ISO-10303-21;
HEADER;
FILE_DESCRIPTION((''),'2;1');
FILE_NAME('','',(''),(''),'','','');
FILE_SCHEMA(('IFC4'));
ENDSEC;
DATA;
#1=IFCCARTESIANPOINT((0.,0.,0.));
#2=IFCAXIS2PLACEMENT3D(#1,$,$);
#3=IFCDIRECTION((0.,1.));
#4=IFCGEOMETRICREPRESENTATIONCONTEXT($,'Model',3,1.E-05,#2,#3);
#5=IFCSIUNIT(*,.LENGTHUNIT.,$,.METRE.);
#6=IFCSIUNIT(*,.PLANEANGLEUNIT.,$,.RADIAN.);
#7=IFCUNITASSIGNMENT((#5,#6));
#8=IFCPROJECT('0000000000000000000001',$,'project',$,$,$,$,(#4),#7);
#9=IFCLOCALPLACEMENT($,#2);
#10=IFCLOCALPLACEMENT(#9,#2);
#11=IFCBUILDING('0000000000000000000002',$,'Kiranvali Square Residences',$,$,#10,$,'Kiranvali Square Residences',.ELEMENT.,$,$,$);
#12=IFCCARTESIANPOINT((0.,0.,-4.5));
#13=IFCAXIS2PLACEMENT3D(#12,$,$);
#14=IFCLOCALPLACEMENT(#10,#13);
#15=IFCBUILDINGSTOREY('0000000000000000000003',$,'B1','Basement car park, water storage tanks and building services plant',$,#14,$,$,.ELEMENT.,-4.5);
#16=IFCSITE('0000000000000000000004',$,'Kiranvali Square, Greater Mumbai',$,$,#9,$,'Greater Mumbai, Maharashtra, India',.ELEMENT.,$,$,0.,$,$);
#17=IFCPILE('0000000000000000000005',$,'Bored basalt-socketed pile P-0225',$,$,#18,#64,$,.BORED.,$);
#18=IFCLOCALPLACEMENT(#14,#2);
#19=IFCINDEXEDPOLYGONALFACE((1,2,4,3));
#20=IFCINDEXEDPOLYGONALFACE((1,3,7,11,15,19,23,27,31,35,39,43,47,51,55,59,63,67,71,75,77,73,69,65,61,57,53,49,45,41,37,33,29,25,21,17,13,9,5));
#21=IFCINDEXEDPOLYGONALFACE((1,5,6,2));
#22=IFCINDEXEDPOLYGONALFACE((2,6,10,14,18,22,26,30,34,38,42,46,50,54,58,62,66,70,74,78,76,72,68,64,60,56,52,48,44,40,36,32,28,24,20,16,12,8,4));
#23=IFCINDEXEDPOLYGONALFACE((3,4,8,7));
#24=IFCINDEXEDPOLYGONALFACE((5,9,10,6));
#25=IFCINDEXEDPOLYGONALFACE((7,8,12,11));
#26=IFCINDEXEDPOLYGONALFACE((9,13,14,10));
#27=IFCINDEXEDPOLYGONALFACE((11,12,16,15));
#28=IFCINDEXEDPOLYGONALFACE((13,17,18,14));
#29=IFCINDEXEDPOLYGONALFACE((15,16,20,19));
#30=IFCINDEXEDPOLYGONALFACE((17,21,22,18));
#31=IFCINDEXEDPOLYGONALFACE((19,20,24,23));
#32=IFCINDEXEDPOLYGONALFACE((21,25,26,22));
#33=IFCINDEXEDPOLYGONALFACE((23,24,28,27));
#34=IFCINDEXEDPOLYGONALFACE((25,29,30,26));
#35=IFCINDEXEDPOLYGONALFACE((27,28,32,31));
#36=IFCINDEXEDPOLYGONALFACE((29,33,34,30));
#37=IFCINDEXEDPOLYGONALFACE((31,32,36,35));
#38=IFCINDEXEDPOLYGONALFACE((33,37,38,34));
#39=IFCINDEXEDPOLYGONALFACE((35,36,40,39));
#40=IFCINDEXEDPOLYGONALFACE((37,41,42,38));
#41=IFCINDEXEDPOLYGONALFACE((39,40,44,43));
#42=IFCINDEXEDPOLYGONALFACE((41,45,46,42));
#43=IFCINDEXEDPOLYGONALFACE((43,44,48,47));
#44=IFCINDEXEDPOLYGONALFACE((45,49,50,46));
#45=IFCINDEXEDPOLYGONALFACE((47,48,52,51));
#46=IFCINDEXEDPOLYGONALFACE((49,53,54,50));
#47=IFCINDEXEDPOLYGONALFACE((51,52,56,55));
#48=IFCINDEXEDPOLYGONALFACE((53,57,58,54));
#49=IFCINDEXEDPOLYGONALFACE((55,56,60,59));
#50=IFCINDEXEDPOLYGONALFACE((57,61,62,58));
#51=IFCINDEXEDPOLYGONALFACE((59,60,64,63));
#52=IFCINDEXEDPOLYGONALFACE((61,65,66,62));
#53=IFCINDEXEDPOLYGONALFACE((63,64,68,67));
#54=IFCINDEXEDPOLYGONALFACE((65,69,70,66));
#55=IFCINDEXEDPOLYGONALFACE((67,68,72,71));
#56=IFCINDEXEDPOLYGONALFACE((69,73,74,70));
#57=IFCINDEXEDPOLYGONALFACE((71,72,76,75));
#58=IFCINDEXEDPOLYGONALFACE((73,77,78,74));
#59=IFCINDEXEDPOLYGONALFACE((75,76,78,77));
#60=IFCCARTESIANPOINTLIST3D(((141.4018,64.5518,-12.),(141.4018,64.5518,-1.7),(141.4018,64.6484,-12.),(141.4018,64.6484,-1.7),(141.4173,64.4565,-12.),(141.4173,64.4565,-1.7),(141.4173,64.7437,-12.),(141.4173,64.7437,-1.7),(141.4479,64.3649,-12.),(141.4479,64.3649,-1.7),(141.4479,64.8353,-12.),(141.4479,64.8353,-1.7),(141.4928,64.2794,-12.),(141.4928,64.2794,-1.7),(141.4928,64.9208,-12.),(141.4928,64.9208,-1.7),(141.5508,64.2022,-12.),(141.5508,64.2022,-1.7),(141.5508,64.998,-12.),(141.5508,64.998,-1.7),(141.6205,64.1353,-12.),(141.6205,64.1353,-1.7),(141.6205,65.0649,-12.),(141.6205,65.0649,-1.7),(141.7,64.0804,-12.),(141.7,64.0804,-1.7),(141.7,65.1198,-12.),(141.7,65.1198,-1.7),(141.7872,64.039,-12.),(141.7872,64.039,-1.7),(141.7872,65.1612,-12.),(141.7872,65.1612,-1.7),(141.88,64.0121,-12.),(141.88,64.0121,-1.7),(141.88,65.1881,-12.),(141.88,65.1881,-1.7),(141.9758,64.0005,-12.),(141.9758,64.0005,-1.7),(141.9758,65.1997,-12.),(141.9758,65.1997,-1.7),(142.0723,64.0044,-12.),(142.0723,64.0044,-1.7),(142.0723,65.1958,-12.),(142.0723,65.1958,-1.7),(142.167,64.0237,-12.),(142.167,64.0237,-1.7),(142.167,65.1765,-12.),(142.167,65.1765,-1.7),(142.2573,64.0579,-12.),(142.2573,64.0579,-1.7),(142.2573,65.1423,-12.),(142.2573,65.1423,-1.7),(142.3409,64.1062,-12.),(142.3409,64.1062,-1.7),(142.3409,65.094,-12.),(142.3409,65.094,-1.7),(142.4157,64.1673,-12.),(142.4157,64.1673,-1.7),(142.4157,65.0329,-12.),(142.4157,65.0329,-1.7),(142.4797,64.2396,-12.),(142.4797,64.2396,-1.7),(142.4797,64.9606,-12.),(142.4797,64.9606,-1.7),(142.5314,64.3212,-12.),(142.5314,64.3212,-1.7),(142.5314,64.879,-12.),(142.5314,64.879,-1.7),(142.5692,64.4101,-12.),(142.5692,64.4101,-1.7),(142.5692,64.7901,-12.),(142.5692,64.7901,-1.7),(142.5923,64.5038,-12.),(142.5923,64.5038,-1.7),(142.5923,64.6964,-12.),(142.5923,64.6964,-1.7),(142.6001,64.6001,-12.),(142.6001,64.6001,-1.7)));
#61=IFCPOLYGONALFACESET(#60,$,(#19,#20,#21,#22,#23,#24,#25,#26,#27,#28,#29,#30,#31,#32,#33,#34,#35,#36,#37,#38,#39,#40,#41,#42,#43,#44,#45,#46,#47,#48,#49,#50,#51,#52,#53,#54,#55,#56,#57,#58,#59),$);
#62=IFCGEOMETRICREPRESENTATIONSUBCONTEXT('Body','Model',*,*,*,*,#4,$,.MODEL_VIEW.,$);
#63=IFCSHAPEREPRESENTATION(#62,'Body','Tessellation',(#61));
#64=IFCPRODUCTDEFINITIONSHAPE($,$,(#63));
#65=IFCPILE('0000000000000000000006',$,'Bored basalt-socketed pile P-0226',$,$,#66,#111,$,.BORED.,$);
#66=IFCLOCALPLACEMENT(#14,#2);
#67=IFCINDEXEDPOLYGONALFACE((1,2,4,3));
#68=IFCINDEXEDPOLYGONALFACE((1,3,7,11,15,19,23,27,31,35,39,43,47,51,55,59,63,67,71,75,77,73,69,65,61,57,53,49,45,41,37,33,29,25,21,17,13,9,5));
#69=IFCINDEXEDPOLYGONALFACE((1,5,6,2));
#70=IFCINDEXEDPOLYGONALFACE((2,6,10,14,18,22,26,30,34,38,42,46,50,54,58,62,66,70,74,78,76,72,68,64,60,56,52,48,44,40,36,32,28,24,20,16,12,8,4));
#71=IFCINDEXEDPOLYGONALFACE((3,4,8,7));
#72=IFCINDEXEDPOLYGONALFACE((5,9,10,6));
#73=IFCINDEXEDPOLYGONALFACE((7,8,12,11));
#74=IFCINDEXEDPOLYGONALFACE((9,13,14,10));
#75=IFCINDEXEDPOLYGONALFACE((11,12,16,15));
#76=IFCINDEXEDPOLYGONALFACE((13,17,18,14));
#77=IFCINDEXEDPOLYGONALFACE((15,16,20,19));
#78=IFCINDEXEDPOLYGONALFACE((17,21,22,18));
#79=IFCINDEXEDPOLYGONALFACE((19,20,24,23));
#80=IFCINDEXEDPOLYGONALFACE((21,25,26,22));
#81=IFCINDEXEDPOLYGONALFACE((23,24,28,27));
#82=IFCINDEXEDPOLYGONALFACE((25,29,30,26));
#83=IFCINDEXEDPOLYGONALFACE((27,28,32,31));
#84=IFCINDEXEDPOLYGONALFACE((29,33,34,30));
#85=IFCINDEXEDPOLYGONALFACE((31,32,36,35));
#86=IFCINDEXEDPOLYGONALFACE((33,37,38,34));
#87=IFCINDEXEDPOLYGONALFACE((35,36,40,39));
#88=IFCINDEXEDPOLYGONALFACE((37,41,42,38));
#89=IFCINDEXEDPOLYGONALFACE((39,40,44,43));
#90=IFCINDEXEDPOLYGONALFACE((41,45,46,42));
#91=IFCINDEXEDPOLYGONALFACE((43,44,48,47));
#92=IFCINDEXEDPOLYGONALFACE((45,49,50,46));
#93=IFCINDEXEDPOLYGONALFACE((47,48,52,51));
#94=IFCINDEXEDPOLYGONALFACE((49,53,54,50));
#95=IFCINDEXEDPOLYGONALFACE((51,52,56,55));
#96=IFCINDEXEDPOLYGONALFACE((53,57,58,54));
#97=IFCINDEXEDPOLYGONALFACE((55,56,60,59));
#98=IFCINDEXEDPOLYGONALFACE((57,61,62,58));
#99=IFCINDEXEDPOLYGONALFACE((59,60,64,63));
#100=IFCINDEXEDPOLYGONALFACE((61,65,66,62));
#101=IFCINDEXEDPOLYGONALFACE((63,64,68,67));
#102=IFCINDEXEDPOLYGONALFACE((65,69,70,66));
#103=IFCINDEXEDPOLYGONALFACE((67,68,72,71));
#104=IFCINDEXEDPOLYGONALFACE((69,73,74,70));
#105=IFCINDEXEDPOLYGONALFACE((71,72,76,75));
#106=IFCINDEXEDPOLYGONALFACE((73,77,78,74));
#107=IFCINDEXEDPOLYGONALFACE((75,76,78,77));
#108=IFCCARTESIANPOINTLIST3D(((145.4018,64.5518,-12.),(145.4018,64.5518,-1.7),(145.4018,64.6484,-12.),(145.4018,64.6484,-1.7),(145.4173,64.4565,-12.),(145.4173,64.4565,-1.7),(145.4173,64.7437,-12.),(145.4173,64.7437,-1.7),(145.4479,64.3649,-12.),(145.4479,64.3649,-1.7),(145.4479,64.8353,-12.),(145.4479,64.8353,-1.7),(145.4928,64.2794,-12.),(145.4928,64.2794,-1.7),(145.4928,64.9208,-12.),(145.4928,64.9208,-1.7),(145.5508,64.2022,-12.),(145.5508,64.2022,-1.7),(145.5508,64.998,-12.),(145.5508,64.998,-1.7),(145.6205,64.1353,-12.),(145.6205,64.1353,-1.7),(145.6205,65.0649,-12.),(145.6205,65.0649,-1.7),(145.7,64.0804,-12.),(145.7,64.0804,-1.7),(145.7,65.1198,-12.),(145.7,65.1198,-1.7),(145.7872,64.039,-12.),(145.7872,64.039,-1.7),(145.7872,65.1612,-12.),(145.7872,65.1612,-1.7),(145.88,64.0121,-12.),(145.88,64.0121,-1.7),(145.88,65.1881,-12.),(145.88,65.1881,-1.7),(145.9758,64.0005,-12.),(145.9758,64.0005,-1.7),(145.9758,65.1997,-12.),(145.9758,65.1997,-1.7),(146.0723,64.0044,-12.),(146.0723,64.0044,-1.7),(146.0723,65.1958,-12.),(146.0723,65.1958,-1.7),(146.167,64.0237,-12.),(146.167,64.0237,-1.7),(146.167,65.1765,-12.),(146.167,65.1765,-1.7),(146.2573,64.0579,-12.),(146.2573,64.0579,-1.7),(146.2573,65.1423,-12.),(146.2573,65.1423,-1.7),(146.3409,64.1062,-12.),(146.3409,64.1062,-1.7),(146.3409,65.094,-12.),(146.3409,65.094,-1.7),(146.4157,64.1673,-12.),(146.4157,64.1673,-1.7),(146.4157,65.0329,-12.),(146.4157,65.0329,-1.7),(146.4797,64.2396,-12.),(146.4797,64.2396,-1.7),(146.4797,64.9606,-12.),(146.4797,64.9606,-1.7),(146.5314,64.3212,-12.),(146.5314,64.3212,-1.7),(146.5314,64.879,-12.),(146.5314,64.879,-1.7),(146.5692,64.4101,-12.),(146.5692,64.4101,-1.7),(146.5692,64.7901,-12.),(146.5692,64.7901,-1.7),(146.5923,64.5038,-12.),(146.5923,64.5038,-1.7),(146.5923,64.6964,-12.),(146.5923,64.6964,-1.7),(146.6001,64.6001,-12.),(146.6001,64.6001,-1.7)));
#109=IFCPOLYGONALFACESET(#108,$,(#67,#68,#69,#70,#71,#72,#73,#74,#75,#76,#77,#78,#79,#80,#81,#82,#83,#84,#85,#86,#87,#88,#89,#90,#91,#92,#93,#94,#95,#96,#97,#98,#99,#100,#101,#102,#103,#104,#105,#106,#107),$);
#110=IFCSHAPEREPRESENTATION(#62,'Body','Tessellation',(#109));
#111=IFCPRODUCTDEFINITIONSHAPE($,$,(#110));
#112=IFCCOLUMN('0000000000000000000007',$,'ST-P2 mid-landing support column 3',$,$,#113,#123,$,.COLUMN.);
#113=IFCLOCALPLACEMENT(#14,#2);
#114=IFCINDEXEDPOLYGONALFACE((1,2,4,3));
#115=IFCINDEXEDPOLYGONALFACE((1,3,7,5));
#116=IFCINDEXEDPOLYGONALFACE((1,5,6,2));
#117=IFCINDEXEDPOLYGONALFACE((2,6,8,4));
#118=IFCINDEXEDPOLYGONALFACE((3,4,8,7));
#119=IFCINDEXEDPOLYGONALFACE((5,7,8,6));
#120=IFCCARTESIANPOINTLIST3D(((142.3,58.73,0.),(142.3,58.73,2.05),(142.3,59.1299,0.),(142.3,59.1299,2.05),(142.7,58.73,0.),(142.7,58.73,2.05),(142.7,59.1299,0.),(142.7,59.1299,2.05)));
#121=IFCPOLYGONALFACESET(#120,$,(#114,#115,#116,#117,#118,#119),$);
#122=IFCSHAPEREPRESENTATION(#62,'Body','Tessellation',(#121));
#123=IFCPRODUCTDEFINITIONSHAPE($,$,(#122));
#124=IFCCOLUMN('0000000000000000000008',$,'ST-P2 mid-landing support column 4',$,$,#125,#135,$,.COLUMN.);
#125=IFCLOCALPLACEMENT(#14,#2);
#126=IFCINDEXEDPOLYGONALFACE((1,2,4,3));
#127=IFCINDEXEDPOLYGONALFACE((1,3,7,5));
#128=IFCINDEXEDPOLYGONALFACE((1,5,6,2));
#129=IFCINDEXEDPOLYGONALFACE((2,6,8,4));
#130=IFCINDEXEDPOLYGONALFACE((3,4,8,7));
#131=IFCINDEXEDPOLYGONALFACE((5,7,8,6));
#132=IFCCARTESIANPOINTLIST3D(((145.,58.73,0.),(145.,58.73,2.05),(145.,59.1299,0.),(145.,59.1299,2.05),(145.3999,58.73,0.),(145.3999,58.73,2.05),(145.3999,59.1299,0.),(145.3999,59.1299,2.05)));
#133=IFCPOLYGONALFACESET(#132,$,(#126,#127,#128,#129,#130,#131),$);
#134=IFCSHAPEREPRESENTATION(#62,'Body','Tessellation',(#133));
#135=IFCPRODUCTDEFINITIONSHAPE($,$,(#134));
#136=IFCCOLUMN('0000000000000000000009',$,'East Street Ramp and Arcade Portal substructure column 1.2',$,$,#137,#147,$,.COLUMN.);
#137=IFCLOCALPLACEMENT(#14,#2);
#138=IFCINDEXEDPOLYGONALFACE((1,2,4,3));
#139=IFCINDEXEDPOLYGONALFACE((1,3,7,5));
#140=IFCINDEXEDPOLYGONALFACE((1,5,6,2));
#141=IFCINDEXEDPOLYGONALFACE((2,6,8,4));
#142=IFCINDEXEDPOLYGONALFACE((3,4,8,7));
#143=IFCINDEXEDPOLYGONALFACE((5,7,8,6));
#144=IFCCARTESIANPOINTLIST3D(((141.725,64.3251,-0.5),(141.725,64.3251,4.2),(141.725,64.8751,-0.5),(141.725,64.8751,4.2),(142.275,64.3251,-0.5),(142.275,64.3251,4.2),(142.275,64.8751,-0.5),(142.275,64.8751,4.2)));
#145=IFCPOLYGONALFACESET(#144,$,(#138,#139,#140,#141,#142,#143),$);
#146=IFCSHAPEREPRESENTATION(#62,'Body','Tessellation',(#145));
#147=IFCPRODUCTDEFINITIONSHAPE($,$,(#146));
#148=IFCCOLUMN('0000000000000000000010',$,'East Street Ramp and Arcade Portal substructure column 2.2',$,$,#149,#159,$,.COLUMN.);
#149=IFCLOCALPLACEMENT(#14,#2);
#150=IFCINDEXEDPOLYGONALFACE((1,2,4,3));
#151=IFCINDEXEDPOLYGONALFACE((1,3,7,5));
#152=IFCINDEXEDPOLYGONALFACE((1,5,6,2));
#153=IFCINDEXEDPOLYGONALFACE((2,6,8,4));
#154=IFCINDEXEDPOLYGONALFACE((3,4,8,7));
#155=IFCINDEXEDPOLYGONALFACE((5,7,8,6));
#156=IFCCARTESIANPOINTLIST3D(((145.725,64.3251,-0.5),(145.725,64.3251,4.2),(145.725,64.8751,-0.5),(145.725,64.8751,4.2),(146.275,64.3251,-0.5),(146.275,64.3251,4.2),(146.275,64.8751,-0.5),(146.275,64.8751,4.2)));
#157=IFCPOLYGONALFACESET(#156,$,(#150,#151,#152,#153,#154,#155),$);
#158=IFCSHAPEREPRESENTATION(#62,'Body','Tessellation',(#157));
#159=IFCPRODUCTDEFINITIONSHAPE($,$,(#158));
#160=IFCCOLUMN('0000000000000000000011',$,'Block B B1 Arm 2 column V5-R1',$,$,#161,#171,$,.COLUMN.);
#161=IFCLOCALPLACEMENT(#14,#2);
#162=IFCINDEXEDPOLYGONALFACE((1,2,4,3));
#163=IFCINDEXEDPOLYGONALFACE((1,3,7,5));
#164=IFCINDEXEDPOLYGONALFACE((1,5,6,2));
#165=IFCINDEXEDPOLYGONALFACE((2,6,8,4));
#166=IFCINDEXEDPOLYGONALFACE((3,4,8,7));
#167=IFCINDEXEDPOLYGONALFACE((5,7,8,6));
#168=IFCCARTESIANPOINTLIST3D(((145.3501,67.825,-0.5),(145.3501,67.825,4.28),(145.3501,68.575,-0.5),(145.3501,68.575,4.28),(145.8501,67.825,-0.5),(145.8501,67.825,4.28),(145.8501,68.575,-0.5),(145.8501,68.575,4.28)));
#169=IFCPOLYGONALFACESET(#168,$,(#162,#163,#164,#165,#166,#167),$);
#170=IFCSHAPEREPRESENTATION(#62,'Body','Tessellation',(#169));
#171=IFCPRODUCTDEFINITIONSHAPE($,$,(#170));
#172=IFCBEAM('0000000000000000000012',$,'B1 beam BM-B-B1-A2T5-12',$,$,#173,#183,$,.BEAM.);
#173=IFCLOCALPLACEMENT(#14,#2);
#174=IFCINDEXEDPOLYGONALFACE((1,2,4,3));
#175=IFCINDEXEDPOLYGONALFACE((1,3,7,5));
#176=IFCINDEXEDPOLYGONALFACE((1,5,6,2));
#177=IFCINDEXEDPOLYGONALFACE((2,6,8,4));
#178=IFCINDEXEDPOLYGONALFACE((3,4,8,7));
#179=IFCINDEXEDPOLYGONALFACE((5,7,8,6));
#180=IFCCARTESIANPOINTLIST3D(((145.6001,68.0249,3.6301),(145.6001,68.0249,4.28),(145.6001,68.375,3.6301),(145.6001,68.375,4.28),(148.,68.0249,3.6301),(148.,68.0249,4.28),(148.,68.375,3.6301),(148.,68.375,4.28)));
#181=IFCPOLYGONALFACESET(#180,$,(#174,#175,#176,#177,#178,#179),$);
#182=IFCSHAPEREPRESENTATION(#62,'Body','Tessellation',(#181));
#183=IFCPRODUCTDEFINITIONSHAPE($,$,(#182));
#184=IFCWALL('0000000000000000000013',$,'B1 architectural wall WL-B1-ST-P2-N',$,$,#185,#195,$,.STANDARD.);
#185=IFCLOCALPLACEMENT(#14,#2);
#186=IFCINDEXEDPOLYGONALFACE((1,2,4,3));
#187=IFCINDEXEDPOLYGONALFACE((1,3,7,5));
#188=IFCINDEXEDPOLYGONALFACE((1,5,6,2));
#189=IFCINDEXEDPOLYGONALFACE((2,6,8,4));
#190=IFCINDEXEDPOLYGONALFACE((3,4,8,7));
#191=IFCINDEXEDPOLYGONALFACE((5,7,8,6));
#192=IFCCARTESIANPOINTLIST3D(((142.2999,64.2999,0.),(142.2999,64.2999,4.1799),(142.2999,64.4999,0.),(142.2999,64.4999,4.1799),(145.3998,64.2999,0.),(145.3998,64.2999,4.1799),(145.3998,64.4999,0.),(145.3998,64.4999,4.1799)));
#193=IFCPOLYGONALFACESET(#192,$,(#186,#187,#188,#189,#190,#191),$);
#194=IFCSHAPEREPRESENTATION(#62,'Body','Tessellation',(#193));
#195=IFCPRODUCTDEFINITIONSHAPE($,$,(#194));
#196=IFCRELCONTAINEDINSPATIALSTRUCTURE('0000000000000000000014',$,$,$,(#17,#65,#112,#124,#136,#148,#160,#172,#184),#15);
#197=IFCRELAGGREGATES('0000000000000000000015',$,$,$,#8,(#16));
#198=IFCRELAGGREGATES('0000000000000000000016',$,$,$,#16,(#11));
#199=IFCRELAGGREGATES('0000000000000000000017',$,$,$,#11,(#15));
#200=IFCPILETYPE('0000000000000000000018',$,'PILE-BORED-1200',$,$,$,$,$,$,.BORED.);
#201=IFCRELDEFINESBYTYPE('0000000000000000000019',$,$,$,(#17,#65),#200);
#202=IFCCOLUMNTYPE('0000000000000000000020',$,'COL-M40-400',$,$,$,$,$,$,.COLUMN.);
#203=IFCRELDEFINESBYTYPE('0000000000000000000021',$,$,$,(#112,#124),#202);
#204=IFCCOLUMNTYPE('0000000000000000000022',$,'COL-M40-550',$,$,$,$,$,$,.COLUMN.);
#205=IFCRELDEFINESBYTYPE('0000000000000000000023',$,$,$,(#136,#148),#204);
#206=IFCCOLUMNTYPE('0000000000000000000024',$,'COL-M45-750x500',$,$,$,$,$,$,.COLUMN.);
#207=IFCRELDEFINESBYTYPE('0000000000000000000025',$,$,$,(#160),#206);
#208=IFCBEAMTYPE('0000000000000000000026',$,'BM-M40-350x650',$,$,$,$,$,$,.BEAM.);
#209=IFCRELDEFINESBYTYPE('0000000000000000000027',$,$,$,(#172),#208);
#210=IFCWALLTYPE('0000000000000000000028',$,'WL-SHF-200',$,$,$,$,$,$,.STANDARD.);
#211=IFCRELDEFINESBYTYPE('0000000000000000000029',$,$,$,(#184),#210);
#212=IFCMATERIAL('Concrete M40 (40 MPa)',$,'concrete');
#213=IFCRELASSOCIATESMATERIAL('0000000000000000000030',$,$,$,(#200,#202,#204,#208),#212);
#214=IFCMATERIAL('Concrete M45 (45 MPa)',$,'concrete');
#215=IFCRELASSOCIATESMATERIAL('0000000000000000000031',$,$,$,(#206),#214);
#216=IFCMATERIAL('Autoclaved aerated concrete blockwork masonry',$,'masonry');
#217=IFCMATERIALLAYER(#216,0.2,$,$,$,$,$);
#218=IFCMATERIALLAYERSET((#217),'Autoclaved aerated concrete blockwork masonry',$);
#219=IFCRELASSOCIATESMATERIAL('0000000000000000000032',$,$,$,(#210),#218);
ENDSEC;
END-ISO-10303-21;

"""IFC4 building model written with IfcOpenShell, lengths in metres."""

from ifc_helpers import new_model, si_unit, direction, frame, frame_2d, origin, origin_2d, place, context, subcontext, project, spatial, rectangle, circle, extrude, material, layer, layer_set, material_profile, profile_set, type_object, element, save


model = new_model("IFC4")

# Units and contexts
model_context = context("Model", 3, precision=1e-05, world=origin(), true_north=direction((0.0, 1.0)))
body_context = subcontext(model_context, "Body", "Model", "MODEL_VIEW")
ifc_project = project(units=[si_unit("LENGTHUNIT", "METRE"), si_unit("PLANEANGLEUNIT", "RADIAN")], contexts=[model_context])

# Site, building, storey
site_placement = place(None, origin())
site = spatial("IfcSite", under=ifc_project, at=site_placement, Name="Kiranvali Square, Greater Mumbai", LongName="Greater Mumbai, Maharashtra, India", CompositionType="ELEMENT", RefElevation=0.0)
building_placement = place(site_placement, origin())
building = spatial("IfcBuilding", under=site, at=building_placement, Name="Kiranvali Square Residences", LongName="Kiranvali Square Residences", CompositionType="ELEMENT")
storey_placement = place(building_placement, frame((0.0, 0.0, -4.5)))
storey = spatial("IfcBuildingStorey", under=building, at=storey_placement, Name="B1", Description="Basement car park, water storage tanks and building services plant", CompositionType="ELEMENT", Elevation=-4.5)

# Shared definitions
ifc_material_1 = material(Name="Concrete M40 (40 MPa)", Category="concrete")

# Piles
ifc_material_profile_1 = material_profile(ifc_material_1, circle(Radius=0.6001, at=origin_2d()), Name="BORED PILE 1200")
ifc_profile_set_1 = profile_set([ifc_material_profile_1], Name="Concrete M40 (40 MPa)")
pile_type = type_object("IfcPileType", Name="PILE-BORED-1200", PredefinedType="BORED", material=ifc_profile_set_1)
for number, where, z_axis, x_axis, name in (
    (1, (142.0, 64.6001, -1.7), (0.0, 0.0, -1.0), (1.0, 0.0, 0.0), "Bored basalt-socketed pile P-0225"),
    (2, (146.0, 64.6001, -1.7), (0.0, 0.0, -1.0), (1.0, 0.0, 0.0), "Bored basalt-socketed pile P-0226"),
):
    element("IfcPile", number, at=place(storey_placement, frame(where, z_axis=z_axis, x_axis=x_axis)), inside=storey, type_object=pile_type, Name=name, PredefinedType="BORED", context=body_context, shape_type="SweptSolid", body=[
        extrude(circle(Radius=0.6001, at=origin_2d()), origin(), (0.0, 0.0, 1.0), 10.3),
    ])

# Columns
ifc_material_profile_2 = material_profile(ifc_material_1, rectangle(XDim=0.3999, YDim=0.3999, at=origin_2d()), Name="RC 400x400")
ifc_profile_set_2 = profile_set([ifc_material_profile_2], Name="Concrete M40 (40 MPa)")
column_type_1 = type_object("IfcColumnType", Name="COL-M40-400", PredefinedType="COLUMN", material=ifc_profile_set_2)
for number, where, z_axis, x_axis, name in (
    (3, (142.5, 58.9299, 0.0), (0.0, 0.0, 1.0), (1.0, 0.0, 0.0), "ST-P2 mid-landing support column 3"),
    (4, (145.2, 58.9299, 0.0), (0.0, 0.0, 1.0), (1.0, 0.0, 0.0), "ST-P2 mid-landing support column 4"),
):
    element("IfcColumn", number, at=place(storey_placement, frame(where, z_axis=z_axis, x_axis=x_axis)), inside=storey, type_object=column_type_1, Name=name, PredefinedType="COLUMN", context=body_context, shape_type="SweptSolid", body=[
        extrude(rectangle(XDim=0.3999, YDim=0.3999, at=origin_2d()), origin(), (0.0, 0.0, 1.0), 2.05),
    ])
ifc_material_profile_3 = material_profile(ifc_material_1, rectangle(XDim=0.55, YDim=0.55, at=origin_2d()), Name="RC 550x550")
ifc_profile_set_3 = profile_set([ifc_material_profile_3], Name="Concrete M40 (40 MPa)")
column_type_2 = type_object("IfcColumnType", Name="COL-M40-550", PredefinedType="COLUMN", material=ifc_profile_set_3)
for number, where, z_axis, x_axis, name in (
    (5, (142.0, 64.6001, -0.5), (0.0, 0.0, 1.0), (1.0, 0.0, 0.0), "East Street Ramp and Arcade Portal substructure column 1.2"),
    (6, (146.0, 64.6001, -0.5), (0.0, 0.0, 1.0), (1.0, 0.0, 0.0), "East Street Ramp and Arcade Portal substructure column 2.2"),
):
    element("IfcColumn", number, at=place(storey_placement, frame(where, z_axis=z_axis, x_axis=x_axis)), inside=storey, type_object=column_type_2, Name=name, PredefinedType="COLUMN", context=body_context, shape_type="SweptSolid", body=[
        extrude(rectangle(XDim=0.55, YDim=0.55, at=origin_2d()), origin(), (0.0, 0.0, 1.0), 4.7),
    ])
ifc_material_2 = material(Name="Concrete M45 (45 MPa)", Category="concrete")
ifc_material_profile_4 = material_profile(ifc_material_2, rectangle(XDim=0.5, YDim=0.75, at=origin_2d()), Name="RC 750x500")
ifc_profile_set_4 = profile_set([ifc_material_profile_4], Name="Concrete M45 (45 MPa)")
column_type_3 = type_object("IfcColumnType", Name="COL-M45-750x500", PredefinedType="COLUMN", material=ifc_profile_set_4)
column_placement = place(storey_placement, frame((145.6001, 68.2, -0.5), z_axis=(0.0, 0.0, 1.0), x_axis=(1.0, 0.0, 0.0)))
element("IfcColumn", 7, at=column_placement, inside=storey, type_object=column_type_3, Name="Block B B1 Arm 2 column V5-R1", PredefinedType="COLUMN", context=body_context, shape_type="SweptSolid", body=[
    extrude(rectangle(XDim=0.5, YDim=0.75, at=origin_2d()), origin(), (0.0, 0.0, 1.0), 4.78),
])

# Beam
ifc_material_profile_5 = material_profile(ifc_material_1, rectangle(XDim=0.3501, YDim=0.6499, at=origin_2d()), Name="RC 350x650")
ifc_profile_set_5 = profile_set([ifc_material_profile_5], Name="Concrete M40 (40 MPa)")
beam_type = type_object("IfcBeamType", Name="BM-M40-350x650", PredefinedType="BEAM", material=ifc_profile_set_5)
beam_placement = place(storey_placement, frame((145.6001, 68.2, 3.9551), z_axis=(1.0, 0.0, 0.0), x_axis=(0.0, 1.0, 0.0)))
element("IfcBeam", 8, at=beam_placement, inside=storey, type_object=beam_type, Name="B1 beam BM-B-B1-A2T5-12", PredefinedType="BEAM", context=body_context, shape_type="SweptSolid", body=[
    extrude(rectangle(XDim=0.3501, YDim=0.6499, at=origin_2d()), origin(), (0.0, 0.0, 1.0), 2.3999),
])

# Wall
ifc_material_3 = material(Name="Autoclaved aerated concrete blockwork masonry", Category="masonry")
ifc_layer = layer(ifc_material_3, 0.2)
ifc_layer_set = layer_set([ifc_layer], Name="Autoclaved aerated concrete blockwork masonry")
wall_type = type_object("IfcWallType", Name="WL-SHF-200", PredefinedType="STANDARD", material=ifc_layer_set)
wall_1_placement = place(storey_placement, frame((142.3, 64.3999, 0.0), z_axis=(0.0, 0.0, 1.0), x_axis=(1.0, 0.0, 0.0)))
element("IfcWall", 9, at=wall_1_placement, inside=storey, type_object=wall_type, Name="B1 architectural wall WL-B1-ST-P2-N", PredefinedType="STANDARD", context=body_context, shape_type="SweptSolid", body=[
    extrude(rectangle(XDim=3.0999, YDim=0.2, at=frame_2d((1.5498, 0.0))), origin(), (0.0, 0.0, 1.0), 4.1799),
])

save(model, "model.ifc")
